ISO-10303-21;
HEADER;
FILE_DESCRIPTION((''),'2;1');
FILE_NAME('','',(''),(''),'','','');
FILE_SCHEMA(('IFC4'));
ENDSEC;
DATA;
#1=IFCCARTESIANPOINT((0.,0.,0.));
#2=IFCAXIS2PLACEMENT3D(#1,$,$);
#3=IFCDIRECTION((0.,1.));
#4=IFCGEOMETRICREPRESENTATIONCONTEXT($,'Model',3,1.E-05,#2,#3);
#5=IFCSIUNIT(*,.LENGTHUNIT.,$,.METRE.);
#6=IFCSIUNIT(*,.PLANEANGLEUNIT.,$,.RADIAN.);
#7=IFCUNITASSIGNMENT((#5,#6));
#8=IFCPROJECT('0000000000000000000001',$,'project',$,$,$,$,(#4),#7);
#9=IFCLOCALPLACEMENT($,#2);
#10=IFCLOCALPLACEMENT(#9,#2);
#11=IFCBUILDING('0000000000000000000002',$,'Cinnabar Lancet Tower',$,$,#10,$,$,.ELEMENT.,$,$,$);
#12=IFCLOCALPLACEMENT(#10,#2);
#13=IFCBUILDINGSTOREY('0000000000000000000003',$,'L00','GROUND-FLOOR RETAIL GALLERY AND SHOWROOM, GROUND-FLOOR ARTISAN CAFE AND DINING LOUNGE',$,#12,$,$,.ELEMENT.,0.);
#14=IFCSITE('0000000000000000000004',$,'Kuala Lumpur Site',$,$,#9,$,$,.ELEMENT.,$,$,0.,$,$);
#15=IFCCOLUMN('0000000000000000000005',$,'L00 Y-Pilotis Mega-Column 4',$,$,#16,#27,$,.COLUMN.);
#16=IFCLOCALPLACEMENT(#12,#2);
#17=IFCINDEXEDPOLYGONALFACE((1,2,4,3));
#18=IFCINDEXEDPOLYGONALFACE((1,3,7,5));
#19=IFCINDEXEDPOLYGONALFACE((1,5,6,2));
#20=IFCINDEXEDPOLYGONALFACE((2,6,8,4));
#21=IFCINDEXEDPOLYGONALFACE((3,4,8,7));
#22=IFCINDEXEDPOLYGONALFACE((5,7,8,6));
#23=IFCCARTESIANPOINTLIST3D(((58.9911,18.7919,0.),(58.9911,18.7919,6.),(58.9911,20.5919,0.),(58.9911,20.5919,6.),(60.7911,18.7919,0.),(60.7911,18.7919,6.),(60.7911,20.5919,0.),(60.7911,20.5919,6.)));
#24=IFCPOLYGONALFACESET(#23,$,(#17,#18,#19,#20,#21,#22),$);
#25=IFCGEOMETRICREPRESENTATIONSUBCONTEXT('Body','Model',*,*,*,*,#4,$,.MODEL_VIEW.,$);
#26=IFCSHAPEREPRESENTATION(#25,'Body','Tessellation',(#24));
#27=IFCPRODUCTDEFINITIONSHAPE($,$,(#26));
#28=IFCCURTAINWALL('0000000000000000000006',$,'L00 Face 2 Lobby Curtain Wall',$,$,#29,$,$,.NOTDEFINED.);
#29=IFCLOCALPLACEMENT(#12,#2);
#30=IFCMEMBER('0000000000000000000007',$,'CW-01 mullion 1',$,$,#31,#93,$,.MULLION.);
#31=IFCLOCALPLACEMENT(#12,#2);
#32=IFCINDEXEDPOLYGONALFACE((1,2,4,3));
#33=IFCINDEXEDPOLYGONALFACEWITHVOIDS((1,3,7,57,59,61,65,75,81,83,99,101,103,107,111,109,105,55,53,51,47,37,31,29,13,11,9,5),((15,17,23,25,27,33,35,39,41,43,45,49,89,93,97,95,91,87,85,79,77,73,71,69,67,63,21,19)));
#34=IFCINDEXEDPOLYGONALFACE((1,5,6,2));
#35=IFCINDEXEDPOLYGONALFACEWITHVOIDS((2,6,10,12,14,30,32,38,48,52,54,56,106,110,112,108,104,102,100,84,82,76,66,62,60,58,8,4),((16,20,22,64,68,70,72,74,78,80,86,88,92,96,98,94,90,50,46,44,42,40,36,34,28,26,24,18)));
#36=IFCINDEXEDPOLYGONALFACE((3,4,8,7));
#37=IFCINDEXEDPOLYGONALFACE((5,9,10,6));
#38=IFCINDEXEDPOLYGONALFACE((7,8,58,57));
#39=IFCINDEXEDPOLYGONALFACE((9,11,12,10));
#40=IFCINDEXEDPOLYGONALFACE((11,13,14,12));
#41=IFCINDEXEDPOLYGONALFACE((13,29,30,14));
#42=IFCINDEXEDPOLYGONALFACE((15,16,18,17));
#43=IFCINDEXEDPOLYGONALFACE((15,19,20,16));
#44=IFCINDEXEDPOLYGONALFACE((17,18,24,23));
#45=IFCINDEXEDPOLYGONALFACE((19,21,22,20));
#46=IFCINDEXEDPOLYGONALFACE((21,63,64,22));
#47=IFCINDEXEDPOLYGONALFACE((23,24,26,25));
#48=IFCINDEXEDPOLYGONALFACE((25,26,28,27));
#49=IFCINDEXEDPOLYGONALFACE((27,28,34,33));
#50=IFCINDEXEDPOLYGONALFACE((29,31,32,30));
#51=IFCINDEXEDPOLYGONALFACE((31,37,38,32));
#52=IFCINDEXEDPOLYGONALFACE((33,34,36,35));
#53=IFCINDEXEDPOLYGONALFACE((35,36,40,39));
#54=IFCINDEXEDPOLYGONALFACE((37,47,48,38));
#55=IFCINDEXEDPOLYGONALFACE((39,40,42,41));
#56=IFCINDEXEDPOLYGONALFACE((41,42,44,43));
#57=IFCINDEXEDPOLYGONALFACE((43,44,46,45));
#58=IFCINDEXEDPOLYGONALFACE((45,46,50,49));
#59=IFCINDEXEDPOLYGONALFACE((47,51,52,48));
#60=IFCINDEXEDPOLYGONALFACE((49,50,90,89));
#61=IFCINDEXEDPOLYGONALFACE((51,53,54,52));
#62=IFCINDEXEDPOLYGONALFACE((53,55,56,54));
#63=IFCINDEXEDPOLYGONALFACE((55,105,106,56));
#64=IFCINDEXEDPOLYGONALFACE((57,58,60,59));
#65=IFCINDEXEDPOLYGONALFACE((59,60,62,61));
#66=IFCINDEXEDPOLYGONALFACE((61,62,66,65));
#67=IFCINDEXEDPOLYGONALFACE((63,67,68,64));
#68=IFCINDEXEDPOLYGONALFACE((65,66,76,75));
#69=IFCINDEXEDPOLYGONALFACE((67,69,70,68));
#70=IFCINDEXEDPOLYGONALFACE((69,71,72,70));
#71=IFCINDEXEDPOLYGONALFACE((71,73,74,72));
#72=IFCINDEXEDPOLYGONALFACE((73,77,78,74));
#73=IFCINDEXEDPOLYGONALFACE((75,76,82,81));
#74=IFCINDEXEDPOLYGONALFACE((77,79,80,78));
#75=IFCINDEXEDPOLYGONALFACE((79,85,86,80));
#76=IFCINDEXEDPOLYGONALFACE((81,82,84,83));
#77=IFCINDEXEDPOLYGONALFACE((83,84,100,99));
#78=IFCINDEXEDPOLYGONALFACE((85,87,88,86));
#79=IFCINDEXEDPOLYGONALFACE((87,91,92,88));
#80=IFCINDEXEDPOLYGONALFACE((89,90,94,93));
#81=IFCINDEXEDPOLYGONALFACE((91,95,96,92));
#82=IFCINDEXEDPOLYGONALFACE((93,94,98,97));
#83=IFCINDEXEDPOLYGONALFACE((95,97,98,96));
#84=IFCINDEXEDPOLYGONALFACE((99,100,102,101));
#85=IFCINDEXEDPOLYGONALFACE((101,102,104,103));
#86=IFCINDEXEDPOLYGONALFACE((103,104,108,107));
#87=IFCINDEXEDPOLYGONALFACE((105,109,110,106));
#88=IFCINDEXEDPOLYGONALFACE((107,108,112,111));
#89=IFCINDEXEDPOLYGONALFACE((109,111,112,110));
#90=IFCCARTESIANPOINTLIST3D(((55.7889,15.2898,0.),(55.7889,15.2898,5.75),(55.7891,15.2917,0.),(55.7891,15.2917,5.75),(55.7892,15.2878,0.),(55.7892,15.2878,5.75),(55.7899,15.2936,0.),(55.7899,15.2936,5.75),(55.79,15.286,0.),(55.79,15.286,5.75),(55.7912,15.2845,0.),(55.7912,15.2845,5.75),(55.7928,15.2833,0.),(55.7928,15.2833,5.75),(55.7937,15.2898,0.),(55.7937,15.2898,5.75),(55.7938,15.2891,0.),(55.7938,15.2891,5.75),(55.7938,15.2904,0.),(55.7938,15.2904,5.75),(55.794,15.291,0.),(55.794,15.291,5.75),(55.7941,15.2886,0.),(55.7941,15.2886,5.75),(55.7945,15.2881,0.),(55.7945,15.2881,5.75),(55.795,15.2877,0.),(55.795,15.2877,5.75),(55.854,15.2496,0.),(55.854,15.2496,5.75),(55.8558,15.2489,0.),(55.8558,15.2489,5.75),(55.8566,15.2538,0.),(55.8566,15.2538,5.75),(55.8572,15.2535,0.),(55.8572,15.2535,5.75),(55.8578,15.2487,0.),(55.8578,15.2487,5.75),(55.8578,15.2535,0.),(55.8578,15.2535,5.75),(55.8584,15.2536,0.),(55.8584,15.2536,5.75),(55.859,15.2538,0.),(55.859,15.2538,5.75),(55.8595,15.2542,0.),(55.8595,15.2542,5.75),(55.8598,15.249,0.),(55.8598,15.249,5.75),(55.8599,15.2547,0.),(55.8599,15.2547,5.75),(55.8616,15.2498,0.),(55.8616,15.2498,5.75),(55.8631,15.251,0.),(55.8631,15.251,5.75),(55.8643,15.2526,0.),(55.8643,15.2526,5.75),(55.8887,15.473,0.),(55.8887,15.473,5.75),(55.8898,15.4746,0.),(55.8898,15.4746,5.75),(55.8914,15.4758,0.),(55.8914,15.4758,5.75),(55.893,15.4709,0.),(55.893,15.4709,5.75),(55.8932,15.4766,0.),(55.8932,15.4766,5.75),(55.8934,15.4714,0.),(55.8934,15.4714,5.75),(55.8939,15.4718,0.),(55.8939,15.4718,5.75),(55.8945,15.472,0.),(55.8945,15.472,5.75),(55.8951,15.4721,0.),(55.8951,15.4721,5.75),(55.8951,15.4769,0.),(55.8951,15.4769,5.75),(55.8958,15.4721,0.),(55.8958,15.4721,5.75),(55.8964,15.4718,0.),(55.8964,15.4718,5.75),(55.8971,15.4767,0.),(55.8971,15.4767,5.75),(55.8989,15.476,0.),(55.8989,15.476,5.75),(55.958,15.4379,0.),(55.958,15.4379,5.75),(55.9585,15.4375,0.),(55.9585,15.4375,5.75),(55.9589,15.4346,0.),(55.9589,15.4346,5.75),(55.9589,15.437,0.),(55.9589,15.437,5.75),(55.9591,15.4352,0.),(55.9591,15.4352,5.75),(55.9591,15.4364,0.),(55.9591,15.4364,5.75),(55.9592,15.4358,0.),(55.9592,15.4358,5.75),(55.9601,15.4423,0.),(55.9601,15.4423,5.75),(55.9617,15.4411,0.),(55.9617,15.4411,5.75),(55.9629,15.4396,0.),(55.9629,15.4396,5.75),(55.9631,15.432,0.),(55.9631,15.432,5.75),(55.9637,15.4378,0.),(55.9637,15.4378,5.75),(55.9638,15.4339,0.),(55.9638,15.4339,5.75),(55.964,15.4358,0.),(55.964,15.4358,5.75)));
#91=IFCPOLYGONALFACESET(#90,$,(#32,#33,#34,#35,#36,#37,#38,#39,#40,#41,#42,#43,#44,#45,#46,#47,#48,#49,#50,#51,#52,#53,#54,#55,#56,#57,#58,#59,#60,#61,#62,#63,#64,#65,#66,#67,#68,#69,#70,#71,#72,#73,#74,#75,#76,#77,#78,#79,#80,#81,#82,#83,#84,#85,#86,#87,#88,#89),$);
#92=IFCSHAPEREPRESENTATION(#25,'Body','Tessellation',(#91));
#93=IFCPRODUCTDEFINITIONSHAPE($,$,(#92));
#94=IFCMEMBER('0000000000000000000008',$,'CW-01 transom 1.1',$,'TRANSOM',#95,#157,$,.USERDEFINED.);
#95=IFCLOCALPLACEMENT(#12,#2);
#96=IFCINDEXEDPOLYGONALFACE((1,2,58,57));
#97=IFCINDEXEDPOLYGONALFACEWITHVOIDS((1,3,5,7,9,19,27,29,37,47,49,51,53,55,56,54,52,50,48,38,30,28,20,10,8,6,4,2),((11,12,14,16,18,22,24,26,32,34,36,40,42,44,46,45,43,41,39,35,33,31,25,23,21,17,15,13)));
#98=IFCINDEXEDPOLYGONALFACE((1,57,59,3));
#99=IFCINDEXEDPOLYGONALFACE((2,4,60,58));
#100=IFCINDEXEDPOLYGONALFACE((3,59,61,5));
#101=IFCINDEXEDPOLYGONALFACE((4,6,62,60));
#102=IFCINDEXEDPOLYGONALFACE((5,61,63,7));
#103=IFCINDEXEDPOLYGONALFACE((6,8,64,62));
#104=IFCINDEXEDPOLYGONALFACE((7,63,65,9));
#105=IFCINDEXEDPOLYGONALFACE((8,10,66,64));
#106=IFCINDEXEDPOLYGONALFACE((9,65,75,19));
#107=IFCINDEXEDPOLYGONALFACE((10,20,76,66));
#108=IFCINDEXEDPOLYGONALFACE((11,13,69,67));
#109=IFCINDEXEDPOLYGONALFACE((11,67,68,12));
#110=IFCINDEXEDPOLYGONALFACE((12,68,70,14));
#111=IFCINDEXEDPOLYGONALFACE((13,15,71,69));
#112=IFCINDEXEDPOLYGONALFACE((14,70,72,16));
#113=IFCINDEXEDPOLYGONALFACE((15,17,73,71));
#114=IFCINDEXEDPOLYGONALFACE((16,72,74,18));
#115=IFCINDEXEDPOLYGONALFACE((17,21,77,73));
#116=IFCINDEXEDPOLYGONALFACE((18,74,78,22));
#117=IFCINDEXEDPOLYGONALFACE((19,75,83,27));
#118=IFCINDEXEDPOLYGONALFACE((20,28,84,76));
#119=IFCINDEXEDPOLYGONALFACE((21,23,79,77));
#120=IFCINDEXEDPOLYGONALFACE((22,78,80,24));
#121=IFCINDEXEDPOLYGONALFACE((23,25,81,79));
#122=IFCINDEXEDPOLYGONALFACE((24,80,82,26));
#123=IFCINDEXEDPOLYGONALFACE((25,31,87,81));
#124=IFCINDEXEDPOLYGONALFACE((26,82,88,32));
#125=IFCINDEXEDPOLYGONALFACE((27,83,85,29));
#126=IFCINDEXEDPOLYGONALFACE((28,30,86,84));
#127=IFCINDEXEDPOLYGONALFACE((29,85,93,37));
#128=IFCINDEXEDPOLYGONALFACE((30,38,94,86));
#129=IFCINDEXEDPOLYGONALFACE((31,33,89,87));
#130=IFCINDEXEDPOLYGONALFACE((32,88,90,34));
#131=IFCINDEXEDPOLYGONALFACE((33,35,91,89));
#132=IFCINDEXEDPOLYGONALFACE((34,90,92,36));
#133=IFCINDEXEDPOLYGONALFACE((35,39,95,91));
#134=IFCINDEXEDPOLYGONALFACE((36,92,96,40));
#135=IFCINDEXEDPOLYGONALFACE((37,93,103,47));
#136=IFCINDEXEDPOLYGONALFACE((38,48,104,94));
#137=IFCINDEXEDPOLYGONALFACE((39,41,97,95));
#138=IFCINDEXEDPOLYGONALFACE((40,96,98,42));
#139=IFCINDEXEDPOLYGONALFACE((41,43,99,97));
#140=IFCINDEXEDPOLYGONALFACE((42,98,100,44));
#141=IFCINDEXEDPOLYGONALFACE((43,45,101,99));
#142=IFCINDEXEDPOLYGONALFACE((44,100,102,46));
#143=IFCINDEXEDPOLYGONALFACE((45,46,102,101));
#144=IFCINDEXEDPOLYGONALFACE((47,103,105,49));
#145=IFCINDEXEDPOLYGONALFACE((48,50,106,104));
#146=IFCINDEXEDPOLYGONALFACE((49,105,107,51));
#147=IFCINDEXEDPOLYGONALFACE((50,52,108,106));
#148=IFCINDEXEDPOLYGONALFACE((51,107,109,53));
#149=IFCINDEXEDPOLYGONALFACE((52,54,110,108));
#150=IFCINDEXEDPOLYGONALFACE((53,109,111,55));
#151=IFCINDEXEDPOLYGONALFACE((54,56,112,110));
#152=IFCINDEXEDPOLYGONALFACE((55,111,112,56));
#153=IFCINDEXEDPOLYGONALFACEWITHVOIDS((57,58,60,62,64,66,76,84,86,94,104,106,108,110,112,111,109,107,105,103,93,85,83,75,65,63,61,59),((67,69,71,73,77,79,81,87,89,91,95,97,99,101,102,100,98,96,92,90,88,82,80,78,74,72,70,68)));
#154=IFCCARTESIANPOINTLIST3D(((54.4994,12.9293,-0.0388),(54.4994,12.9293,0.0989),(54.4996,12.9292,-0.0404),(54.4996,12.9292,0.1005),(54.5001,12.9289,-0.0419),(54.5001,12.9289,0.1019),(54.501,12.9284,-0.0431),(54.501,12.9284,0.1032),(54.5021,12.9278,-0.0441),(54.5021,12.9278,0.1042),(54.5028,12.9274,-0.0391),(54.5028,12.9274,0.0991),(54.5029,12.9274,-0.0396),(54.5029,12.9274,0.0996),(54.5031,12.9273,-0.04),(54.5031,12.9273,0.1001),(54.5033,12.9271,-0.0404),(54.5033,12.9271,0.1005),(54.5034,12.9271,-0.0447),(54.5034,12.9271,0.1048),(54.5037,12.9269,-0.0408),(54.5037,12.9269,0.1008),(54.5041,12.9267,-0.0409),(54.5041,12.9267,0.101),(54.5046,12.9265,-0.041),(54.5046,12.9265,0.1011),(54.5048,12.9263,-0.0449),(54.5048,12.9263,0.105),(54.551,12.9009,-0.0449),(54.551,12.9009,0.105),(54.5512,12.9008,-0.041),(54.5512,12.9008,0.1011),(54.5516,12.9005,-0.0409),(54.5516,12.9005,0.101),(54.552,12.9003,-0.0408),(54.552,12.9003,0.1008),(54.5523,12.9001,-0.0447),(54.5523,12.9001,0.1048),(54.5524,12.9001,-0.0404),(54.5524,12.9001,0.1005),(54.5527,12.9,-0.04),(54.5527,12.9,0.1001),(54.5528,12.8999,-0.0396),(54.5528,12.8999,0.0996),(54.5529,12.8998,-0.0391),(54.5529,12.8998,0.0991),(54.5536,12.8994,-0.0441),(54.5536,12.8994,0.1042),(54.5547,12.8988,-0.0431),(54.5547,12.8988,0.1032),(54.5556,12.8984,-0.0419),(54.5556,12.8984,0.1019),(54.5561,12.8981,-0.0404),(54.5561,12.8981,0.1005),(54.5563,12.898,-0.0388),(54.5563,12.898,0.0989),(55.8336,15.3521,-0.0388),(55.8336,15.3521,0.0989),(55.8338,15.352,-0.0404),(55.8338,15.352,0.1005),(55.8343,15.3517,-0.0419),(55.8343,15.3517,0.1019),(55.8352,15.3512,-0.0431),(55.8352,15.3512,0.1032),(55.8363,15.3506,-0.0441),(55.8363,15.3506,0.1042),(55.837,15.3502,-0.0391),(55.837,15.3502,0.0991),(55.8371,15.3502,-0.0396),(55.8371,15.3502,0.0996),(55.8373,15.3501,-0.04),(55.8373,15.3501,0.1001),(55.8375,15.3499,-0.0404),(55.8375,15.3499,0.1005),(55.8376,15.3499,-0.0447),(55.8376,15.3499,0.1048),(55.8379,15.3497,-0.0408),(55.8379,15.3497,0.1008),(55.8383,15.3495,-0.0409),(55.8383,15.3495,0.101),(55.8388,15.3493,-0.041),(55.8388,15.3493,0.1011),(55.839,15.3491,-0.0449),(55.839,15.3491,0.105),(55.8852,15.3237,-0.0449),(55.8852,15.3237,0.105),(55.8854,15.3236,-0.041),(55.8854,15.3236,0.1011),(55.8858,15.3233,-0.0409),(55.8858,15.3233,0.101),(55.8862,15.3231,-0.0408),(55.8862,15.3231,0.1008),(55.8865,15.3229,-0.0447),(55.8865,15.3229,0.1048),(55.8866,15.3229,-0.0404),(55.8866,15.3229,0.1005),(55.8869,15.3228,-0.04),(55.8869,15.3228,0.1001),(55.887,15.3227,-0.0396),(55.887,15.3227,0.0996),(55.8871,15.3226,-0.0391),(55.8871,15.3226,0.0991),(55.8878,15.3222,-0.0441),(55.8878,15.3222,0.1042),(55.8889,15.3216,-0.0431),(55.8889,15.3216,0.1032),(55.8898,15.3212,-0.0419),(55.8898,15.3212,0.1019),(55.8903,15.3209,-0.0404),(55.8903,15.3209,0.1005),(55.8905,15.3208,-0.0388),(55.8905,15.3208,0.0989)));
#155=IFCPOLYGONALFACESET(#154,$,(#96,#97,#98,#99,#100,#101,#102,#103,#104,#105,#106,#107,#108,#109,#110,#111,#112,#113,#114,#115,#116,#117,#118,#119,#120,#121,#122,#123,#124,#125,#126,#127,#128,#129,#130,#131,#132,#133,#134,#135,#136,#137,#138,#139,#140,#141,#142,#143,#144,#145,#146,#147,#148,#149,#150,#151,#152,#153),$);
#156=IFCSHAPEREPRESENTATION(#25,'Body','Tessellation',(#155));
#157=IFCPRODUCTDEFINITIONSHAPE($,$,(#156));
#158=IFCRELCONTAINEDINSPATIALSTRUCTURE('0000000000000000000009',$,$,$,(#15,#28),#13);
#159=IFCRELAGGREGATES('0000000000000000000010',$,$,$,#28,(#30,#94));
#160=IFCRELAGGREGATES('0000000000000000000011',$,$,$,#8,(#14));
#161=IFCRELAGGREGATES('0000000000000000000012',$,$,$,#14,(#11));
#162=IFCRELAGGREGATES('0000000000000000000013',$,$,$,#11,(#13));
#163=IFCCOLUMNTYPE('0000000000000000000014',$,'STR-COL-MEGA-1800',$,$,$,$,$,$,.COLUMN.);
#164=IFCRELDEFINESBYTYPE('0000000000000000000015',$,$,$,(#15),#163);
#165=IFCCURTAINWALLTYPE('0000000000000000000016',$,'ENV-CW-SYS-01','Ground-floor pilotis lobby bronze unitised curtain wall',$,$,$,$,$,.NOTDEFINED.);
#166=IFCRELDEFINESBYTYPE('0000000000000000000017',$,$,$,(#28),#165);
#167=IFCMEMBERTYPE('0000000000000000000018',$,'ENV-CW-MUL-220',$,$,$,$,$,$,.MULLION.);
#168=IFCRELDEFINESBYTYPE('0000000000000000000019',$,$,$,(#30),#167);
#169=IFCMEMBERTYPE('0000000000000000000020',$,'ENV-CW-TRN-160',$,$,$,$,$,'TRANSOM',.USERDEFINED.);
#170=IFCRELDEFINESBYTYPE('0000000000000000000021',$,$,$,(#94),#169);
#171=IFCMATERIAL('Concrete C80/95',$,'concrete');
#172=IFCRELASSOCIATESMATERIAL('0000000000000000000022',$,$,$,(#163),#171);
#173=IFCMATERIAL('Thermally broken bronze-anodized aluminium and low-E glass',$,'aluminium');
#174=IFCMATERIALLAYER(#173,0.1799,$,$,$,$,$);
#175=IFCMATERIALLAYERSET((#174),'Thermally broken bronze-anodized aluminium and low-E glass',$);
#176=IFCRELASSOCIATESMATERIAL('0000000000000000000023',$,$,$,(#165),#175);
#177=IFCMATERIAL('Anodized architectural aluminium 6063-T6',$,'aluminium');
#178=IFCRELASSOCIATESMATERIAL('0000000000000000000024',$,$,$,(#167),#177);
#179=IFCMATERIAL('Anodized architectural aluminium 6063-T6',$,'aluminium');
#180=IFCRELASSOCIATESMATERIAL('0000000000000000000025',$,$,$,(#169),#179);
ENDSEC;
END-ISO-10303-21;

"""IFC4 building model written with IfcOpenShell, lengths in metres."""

from ifc_helpers import new_model, si_unit, direction, frame, origin, origin_2d, place, context, subcontext, project, spatial, rectangle, hollow_rectangle, extrude, material, layer, layer_set, material_profile, profile_set, type_object, element, aggregate, save


model = new_model("IFC4")

# Units and contexts
model_context = context("Model", 3, precision=1e-05, world=origin(), true_north=direction((0.0, 1.0)))
body_context = subcontext(model_context, "Body", "Model", "MODEL_VIEW")
ifc_project = project(units=[si_unit("LENGTHUNIT", "METRE"), si_unit("PLANEANGLEUNIT", "RADIAN")], contexts=[model_context])

# Site, building, storey
site_placement = place(None, origin())
site = spatial("IfcSite", under=ifc_project, at=site_placement, Name="Kuala Lumpur Site", CompositionType="ELEMENT", RefElevation=0.0)
building_placement = place(site_placement, origin())
building = spatial("IfcBuilding", under=site, at=building_placement, Name="Cinnabar Lancet Tower", CompositionType="ELEMENT")
storey_placement = place(building_placement, origin())
storey = spatial("IfcBuildingStorey", under=building, at=storey_placement, Name="L00", Description="GROUND-FLOOR RETAIL GALLERY AND SHOWROOM, GROUND-FLOOR ARTISAN CAFE AND DINING LOUNGE", CompositionType="ELEMENT", Elevation=0.0)

# Column
ifc_material_1 = material(Name="Concrete C80/95", Category="concrete")
ifc_material_profile_1 = material_profile(ifc_material_1, rectangle(XDim=1.8, YDim=1.8, at=origin_2d()), Name="RC-MEGA 1800x1800")
ifc_profile_set_1 = profile_set([ifc_material_profile_1], Name="Concrete C80/95")
column_type = type_object("IfcColumnType", Name="STR-COL-MEGA-1800", PredefinedType="COLUMN", material=ifc_profile_set_1)
column_placement = place(storey_placement, frame((59.8911, 19.6919, 0.0), z_axis=(0.0, 0.0, 1.0), x_axis=(1.0, 0.0, 0.0)))
element("IfcColumn", 1, at=column_placement, inside=storey, type_object=column_type, Name="L00 Y-Pilotis Mega-Column 4", PredefinedType="COLUMN", context=body_context, shape_type="SweptSolid", body=[
    extrude(rectangle(XDim=1.8, YDim=1.8, at=origin_2d()), origin(), (0.0, 0.0, 1.0), 6.0),
])

# Curtain wall, members
ifc_material_2 = material(Name="Thermally broken bronze-anodized aluminium and low-E glass", Category="aluminium")
ifc_layer_1 = layer(ifc_material_2, 0.1799)
ifc_layer_set_1 = layer_set([ifc_layer_1], Name="Thermally broken bronze-anodized aluminium and low-E glass")
curtain_wall_type = type_object("IfcCurtainWallType", Name="ENV-CW-SYS-01", Description="Ground-floor pilotis lobby bronze unitised curtain wall", PredefinedType="NOTDEFINED", material=ifc_layer_set_1)
curtain_wall_placement = place(storey_placement, origin())
curtain_wall = element("IfcCurtainWall", 2, at=curtain_wall_placement, inside=storey, type_object=curtain_wall_type, Name="L00 Face 2 Lobby Curtain Wall", PredefinedType="NOTDEFINED")
ifc_material_3 = material(Name="Anodized architectural aluminium 6063-T6", Category="aluminium")
ifc_material_profile_2 = material_profile(ifc_material_3, hollow_rectangle(XDim=0.085, YDim=0.22, WallThickness=0.0049, InnerFilletRadius=0.0024, OuterFilletRadius=0.0076, at=origin_2d()), Name="CW-MUL 220x85x5")
ifc_profile_set_2 = profile_set([ifc_material_profile_2], Name="Anodized architectural aluminium 6063-T6")
member_type_1 = type_object("IfcMemberType", Name="ENV-CW-MUL-220", PredefinedType="MULLION", material=ifc_profile_set_2)
member_1_placement = place(storey_placement, frame((55.8765, 15.3628, 0.0), z_axis=(0.0, 0.0, 1.0), x_axis=(0.875982, -0.482344, 0.0)))
member_1 = element("IfcMember", 3, at=member_1_placement, type_object=member_type_1, Name="CW-01 mullion 1", PredefinedType="MULLION", context=body_context, shape_type="SweptSolid", body=[
    extrude(hollow_rectangle(XDim=0.085, YDim=0.22, WallThickness=0.0049, InnerFilletRadius=0.0024, OuterFilletRadius=0.0076, at=origin_2d()), origin(), (0.0, 0.0, 1.0), 5.75),
])
ifc_material_4 = material(Name="Anodized architectural aluminium 6063-T6", Category="aluminium")
ifc_material_profile_3 = material_profile(ifc_material_4, hollow_rectangle(XDim=0.0649, YDim=0.1499, WallThickness=0.0039, InnerFilletRadius=0.002, OuterFilletRadius=0.0061, at=origin_2d()), Name="CW-TRN 150x65x4")
ifc_profile_set_3 = profile_set([ifc_material_profile_3], Name="Anodized architectural aluminium 6063-T6")
member_type_2 = type_object("IfcMemberType", Name="ENV-CW-TRN-160", ElementType="TRANSOM", PredefinedType="USERDEFINED", material=ifc_profile_set_3)
member_2_placement = place(storey_placement, frame((55.8621, 15.3364, 0.03), z_axis=(-0.48238, -0.875962, 0.0), x_axis=(0.875962, -0.48238, 0.0)))
member_2 = element("IfcMember", 4, at=member_2_placement, type_object=member_type_2, Name="CW-01 transom 1.1", ObjectType="TRANSOM", PredefinedType="USERDEFINED", context=body_context, shape_type="SweptSolid", body=[
    extrude(hollow_rectangle(XDim=0.0649, YDim=0.1499, WallThickness=0.0039, InnerFilletRadius=0.002, OuterFilletRadius=0.0061, at=origin_2d()), origin(), (0.0, 0.0, 1.0), 2.7659),
])

aggregate(curtain_wall, [member_1, member_2])

save(model, "model.ifc")
